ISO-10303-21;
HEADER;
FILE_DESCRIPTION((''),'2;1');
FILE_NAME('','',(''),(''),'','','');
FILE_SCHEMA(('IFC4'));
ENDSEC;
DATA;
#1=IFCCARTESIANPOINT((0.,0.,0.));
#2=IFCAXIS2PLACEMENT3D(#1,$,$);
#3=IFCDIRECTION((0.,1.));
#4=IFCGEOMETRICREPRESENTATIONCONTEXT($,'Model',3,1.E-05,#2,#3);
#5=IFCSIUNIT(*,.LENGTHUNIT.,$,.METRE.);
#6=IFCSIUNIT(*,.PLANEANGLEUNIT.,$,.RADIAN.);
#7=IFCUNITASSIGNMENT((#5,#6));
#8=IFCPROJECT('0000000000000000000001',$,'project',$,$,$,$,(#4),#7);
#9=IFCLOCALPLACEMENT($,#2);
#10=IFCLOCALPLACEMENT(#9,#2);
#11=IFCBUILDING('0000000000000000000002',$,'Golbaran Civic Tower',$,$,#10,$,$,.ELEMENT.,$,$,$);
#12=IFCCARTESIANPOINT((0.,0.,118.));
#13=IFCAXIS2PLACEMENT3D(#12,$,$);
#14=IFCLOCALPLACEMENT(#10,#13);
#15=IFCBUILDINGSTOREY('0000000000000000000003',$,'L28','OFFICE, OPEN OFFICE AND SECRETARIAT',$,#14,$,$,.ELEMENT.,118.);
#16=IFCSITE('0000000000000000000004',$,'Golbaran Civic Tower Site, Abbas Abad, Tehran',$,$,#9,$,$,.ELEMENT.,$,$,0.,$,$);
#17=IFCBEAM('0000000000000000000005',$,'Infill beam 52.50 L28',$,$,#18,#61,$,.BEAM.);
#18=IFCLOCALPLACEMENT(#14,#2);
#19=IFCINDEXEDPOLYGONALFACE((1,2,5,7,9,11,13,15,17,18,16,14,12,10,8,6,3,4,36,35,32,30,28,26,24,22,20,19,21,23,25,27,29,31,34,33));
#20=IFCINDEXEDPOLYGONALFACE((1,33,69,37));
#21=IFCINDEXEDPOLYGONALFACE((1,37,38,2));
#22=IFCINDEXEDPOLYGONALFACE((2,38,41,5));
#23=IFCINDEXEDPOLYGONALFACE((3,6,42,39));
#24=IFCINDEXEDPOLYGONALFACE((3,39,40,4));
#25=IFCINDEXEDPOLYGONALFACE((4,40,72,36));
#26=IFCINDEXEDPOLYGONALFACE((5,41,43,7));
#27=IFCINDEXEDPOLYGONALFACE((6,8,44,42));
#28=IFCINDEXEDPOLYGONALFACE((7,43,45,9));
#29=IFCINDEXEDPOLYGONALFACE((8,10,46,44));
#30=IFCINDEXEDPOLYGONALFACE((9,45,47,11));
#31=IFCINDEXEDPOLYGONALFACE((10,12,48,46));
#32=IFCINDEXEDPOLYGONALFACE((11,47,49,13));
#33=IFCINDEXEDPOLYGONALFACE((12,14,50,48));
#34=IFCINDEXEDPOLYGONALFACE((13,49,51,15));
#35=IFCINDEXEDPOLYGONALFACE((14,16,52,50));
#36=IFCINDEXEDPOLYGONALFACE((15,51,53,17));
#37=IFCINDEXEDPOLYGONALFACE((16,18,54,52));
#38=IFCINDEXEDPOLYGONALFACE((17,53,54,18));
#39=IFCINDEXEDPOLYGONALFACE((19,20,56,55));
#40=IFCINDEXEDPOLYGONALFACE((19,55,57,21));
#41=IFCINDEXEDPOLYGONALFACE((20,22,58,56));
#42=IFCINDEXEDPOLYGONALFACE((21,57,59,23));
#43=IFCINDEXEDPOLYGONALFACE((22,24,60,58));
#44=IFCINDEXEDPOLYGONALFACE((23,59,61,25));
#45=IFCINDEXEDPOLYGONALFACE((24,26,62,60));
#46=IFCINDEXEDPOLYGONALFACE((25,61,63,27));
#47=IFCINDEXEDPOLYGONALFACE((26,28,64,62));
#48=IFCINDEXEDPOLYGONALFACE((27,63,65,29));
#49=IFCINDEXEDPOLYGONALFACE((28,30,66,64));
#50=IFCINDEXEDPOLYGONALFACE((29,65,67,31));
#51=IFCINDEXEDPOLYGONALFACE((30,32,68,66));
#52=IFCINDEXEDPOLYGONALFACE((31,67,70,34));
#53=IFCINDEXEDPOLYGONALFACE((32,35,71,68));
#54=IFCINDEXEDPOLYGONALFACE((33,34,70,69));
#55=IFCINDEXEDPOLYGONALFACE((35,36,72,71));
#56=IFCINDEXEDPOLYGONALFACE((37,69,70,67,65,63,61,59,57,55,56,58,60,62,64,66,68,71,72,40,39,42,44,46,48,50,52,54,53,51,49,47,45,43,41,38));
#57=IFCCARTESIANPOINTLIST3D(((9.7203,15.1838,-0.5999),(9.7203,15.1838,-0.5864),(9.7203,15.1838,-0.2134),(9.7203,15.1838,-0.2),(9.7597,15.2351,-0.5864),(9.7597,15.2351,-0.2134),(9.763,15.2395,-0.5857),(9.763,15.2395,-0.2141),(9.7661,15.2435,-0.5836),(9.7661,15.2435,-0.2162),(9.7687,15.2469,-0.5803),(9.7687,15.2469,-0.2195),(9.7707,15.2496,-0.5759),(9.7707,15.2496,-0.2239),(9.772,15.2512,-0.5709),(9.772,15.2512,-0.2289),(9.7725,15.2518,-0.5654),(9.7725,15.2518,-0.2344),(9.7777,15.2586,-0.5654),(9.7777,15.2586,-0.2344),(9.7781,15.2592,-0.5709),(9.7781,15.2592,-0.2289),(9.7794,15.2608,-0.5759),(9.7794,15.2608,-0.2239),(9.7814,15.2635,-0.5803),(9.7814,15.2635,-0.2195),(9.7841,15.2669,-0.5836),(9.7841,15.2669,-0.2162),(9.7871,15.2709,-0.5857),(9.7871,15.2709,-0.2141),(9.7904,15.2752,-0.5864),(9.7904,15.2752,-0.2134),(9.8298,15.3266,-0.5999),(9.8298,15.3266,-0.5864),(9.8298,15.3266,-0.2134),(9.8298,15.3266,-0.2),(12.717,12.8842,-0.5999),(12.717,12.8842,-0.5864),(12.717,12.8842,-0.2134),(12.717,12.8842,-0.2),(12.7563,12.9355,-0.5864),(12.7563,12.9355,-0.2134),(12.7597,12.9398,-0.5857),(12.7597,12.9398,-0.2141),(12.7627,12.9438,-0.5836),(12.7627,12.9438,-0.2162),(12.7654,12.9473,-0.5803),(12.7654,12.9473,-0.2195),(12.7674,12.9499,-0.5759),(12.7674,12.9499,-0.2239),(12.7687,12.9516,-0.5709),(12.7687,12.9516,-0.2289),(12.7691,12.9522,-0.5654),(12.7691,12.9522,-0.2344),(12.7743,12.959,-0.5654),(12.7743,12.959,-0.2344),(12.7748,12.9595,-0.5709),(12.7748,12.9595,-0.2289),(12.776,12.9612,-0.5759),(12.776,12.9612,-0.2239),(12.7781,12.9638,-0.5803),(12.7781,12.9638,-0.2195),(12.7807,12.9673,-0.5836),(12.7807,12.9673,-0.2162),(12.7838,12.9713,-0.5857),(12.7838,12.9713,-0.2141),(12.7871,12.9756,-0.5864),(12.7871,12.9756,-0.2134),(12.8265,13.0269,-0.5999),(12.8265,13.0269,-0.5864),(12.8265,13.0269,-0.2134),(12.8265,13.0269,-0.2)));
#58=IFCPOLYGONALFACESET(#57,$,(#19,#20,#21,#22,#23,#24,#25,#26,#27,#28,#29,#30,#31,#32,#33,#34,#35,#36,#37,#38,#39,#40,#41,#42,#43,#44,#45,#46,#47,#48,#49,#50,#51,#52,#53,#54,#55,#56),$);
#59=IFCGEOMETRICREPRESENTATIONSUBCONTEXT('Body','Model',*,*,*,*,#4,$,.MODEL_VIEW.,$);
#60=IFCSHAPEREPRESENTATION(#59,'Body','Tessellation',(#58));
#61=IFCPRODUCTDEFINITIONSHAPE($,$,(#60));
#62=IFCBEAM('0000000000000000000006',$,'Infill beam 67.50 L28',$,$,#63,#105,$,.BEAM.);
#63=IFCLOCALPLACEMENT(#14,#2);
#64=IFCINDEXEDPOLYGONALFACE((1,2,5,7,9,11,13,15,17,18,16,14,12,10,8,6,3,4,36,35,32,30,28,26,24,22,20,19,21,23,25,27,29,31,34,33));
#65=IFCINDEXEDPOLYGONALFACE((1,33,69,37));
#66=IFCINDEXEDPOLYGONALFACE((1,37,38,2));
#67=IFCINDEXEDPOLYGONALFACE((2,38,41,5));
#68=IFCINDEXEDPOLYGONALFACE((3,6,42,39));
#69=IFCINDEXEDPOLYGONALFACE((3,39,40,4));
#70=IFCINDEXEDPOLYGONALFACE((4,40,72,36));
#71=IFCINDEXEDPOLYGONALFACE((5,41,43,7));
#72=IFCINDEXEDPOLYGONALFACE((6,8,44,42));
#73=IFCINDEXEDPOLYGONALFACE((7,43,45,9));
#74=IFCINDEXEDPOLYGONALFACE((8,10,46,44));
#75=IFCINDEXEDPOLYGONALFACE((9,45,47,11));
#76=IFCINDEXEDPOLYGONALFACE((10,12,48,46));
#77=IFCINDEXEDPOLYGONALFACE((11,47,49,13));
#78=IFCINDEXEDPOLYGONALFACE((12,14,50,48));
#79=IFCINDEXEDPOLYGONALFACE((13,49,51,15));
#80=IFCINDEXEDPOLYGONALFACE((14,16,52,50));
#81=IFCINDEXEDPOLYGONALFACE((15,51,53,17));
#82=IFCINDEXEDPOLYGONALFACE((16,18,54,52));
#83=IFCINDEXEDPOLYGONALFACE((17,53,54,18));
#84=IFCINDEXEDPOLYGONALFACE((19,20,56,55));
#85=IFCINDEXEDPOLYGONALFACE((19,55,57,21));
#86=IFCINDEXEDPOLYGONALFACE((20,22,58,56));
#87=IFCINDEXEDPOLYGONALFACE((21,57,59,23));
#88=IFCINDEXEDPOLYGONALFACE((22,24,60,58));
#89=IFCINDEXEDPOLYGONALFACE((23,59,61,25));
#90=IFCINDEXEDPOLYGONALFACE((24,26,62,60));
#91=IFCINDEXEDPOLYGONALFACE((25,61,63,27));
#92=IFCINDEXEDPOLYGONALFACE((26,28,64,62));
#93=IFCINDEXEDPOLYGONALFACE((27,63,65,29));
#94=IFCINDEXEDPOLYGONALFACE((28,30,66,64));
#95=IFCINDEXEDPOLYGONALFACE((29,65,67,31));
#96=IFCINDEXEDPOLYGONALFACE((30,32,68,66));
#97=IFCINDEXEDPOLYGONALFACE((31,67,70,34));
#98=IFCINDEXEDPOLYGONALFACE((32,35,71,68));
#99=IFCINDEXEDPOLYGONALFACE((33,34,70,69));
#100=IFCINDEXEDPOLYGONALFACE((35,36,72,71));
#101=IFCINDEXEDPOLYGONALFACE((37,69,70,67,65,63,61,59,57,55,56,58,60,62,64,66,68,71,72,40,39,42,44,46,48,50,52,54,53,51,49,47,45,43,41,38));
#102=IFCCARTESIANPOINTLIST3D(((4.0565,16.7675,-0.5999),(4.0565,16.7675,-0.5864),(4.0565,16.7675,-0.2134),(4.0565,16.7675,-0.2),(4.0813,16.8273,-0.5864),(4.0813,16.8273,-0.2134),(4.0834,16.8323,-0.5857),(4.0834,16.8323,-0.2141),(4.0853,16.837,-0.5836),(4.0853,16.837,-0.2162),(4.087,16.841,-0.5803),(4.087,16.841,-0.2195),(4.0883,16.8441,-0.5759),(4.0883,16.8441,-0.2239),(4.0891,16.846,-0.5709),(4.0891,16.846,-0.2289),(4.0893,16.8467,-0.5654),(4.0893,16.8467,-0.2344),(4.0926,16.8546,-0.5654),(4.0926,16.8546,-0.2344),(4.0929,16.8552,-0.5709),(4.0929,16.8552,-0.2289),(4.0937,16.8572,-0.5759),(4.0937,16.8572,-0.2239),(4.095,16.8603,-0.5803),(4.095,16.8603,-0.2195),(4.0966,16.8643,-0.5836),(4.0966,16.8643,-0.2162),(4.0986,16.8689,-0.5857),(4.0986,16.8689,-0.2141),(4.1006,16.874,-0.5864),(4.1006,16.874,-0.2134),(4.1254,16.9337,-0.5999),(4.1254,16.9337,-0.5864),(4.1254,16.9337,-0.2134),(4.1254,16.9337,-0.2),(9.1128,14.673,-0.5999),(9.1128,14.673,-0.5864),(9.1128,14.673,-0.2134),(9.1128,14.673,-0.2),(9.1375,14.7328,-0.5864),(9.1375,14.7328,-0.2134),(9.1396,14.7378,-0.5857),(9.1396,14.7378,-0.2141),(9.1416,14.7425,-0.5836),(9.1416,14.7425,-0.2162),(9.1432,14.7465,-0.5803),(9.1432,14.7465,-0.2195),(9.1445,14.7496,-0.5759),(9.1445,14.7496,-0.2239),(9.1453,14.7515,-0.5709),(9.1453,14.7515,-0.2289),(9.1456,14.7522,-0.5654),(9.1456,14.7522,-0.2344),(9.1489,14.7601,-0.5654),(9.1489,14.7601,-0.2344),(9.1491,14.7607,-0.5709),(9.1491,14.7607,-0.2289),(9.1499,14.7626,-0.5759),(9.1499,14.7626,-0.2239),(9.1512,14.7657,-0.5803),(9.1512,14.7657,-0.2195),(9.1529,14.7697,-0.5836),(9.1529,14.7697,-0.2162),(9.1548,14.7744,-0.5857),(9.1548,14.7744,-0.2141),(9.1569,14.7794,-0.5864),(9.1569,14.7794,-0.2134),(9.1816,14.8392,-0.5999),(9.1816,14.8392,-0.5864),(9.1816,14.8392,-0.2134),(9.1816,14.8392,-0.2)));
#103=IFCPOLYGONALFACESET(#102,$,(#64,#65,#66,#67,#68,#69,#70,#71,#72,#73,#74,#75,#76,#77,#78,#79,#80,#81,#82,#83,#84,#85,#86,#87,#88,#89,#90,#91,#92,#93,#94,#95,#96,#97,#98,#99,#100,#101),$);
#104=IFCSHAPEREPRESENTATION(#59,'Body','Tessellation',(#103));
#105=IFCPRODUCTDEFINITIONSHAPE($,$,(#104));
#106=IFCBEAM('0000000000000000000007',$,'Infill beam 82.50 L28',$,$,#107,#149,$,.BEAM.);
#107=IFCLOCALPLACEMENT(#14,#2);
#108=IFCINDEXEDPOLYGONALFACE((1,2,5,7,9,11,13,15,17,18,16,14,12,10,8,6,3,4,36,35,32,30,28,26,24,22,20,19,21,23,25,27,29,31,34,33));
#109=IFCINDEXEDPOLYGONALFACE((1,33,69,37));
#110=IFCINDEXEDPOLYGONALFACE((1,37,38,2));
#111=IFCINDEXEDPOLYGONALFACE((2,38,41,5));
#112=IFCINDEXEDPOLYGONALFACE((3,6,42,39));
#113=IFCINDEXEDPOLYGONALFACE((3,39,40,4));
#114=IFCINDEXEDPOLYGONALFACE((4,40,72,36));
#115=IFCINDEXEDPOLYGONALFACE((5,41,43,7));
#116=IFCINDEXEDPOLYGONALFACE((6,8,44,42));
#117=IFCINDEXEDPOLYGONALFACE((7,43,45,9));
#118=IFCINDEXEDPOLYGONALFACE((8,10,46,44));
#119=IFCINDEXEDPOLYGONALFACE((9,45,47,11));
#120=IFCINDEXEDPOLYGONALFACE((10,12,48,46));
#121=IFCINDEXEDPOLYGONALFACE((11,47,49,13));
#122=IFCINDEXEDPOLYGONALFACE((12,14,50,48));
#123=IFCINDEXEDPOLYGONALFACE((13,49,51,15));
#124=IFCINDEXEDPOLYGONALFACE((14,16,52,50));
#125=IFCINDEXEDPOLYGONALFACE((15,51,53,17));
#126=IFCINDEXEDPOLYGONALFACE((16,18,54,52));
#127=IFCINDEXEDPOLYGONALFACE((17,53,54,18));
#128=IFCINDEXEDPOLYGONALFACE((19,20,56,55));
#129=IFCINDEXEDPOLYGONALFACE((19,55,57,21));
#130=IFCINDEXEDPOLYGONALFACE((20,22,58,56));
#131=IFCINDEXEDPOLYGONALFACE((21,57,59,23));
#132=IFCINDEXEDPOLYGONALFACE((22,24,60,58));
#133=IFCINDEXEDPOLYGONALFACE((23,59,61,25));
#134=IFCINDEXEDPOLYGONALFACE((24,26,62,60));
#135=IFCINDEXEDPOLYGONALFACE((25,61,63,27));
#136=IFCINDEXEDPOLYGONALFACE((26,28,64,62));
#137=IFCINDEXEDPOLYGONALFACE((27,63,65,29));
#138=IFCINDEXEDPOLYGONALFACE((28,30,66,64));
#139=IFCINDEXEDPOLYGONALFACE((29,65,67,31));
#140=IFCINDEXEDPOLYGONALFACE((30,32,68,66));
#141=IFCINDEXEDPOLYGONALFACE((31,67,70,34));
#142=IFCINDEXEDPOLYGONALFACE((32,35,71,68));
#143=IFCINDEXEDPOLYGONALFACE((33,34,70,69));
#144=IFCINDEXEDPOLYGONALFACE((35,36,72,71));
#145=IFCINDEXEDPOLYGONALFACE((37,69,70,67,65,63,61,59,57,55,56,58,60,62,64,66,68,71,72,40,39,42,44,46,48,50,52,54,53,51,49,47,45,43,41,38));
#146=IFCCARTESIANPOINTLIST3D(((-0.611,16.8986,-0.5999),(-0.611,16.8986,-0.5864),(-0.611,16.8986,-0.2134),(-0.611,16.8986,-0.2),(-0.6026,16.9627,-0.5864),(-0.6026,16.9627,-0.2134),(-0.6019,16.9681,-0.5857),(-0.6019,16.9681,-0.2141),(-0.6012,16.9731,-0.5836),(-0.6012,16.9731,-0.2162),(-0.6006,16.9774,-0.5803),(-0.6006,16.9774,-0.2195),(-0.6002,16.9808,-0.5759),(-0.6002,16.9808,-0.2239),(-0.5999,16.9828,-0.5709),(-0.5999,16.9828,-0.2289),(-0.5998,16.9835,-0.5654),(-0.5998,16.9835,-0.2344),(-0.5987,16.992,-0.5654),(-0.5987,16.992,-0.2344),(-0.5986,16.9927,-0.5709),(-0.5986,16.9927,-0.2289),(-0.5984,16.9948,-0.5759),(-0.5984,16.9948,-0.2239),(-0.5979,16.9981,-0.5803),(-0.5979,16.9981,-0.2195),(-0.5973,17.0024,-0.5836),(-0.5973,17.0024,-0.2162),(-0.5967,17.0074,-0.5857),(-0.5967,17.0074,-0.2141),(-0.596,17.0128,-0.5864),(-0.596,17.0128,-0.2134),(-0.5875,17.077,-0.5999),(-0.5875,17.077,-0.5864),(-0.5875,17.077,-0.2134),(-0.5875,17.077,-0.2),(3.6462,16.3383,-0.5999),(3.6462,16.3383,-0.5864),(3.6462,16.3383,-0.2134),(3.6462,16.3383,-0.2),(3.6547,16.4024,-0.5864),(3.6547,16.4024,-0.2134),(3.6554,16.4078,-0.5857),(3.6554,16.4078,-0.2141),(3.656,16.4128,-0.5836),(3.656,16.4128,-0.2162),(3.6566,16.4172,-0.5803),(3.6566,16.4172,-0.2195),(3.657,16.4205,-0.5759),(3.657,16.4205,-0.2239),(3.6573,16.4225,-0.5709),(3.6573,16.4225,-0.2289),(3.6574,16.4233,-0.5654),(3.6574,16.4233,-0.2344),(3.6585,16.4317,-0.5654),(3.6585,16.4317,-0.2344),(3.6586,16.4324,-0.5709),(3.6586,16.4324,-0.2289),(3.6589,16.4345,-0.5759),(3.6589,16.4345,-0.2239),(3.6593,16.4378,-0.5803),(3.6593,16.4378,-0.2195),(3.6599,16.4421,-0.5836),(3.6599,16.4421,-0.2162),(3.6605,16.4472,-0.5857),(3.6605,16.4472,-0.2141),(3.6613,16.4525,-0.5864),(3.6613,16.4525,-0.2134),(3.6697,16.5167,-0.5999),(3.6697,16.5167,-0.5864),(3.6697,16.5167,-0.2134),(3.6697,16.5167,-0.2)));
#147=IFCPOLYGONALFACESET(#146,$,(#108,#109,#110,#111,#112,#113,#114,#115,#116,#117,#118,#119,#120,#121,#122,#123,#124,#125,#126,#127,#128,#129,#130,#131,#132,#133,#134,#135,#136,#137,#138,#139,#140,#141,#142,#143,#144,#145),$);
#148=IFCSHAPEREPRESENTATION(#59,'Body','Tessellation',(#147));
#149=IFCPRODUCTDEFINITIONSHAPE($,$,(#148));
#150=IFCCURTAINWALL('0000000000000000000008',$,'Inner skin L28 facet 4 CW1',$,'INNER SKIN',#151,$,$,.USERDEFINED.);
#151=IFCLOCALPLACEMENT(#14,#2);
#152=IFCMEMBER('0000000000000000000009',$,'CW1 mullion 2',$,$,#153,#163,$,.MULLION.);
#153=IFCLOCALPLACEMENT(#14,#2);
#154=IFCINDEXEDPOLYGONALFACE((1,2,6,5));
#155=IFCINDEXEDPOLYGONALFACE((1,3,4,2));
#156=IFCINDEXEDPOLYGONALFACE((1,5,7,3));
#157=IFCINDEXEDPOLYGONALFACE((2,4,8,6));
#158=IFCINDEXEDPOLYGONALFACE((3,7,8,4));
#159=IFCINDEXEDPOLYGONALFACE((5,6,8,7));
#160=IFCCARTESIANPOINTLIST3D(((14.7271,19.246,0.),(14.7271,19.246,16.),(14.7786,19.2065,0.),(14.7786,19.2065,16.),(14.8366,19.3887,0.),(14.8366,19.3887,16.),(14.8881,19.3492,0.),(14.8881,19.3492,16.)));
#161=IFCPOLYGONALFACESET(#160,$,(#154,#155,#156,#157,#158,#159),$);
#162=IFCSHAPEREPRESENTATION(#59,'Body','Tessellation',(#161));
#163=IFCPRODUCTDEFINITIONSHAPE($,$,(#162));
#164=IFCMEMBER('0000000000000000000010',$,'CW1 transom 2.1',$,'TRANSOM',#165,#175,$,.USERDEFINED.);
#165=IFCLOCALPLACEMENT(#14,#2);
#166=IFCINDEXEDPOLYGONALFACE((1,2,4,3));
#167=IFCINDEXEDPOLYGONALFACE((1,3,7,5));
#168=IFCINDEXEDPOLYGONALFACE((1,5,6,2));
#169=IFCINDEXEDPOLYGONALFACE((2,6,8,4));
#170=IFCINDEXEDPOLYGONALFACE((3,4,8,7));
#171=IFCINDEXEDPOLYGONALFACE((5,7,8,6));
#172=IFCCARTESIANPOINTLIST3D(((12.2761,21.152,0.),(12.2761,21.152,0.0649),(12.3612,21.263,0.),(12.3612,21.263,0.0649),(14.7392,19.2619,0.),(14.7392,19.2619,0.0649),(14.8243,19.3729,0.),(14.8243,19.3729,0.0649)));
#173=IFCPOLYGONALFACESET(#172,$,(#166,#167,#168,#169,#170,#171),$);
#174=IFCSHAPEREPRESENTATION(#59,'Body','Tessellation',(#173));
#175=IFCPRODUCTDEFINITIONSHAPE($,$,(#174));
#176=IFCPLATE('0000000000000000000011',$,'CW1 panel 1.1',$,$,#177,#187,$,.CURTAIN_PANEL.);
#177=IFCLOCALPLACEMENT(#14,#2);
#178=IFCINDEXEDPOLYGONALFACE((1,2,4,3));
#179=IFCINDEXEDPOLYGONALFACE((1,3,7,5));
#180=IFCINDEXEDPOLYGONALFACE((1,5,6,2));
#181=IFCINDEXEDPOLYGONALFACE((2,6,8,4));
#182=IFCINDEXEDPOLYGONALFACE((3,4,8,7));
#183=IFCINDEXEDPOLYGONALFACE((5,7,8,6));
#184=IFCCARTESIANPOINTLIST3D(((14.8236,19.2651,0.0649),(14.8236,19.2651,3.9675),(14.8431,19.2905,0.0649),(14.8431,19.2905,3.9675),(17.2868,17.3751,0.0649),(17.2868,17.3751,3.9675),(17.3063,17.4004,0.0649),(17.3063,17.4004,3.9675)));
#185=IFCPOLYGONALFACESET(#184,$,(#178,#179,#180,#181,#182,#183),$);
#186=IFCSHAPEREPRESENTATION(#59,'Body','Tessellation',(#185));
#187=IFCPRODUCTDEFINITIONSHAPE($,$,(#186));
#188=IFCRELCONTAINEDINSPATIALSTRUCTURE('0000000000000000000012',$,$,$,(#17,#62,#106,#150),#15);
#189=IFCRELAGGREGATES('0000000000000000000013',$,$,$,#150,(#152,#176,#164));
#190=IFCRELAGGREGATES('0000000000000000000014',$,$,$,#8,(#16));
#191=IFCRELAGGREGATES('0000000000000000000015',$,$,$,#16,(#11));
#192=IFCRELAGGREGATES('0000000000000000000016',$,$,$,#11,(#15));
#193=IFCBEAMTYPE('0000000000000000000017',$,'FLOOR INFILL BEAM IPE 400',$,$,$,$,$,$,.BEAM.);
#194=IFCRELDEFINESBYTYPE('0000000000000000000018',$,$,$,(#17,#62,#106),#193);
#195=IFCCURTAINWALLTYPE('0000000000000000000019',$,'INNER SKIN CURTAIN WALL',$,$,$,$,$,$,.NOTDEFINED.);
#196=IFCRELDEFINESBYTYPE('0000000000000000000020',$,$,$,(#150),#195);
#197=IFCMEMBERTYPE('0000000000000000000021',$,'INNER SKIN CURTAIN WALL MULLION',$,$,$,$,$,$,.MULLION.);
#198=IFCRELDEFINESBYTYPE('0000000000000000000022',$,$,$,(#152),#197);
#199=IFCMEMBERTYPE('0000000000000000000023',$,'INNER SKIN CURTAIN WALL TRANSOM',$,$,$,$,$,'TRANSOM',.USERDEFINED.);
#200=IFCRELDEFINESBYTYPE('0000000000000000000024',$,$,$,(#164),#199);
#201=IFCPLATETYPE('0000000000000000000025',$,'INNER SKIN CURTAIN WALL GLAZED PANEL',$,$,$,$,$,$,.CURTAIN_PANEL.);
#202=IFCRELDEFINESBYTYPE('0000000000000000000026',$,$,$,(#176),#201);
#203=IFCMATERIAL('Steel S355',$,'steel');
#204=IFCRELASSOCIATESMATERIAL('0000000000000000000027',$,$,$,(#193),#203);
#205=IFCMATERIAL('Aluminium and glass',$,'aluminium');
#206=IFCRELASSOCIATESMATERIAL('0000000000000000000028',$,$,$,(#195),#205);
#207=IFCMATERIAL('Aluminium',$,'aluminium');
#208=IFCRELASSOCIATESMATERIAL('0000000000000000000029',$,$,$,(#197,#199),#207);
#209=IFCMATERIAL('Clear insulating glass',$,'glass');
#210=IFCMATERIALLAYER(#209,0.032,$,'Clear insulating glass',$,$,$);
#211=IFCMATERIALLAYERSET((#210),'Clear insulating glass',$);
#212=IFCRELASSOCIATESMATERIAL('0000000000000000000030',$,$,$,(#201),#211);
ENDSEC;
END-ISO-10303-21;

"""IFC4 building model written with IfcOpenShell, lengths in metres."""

from ifc_helpers import new_model, si_unit, direction, frame, origin, origin_2d, place, context, subcontext, project, spatial, rectangle, i_section, extrude, material, layer, layer_set, material_profile, profile_set, type_object, element, aggregate, save


model = new_model("IFC4")

# Units and contexts
model_context = context("Model", 3, precision=1e-05, world=origin(), true_north=direction((0.0, 1.0)))
body_context = subcontext(model_context, "Body", "Model", "MODEL_VIEW")
ifc_project = project(units=[si_unit("LENGTHUNIT", "METRE"), si_unit("PLANEANGLEUNIT", "RADIAN")], contexts=[model_context])

# Site, building, storey
site_placement = place(None, origin())
site = spatial("IfcSite", under=ifc_project, at=site_placement, Name="Golbaran Civic Tower Site, Abbas Abad, Tehran", CompositionType="ELEMENT", RefElevation=0.0)
building_placement = place(site_placement, origin())
building = spatial("IfcBuilding", under=site, at=building_placement, Name="Golbaran Civic Tower", CompositionType="ELEMENT")
storey_placement = place(building_placement, frame((0.0, 0.0, 118.0)))
storey = spatial("IfcBuildingStorey", under=building, at=storey_placement, Name="L28", Description="OFFICE, OPEN OFFICE AND SECRETARIAT", CompositionType="ELEMENT", Elevation=118.0)

# Beams
ifc_material_1 = material(Name="Steel S355", Category="steel")
ifc_material_profile_1 = material_profile(ifc_material_1, i_section(OverallWidth=0.1799, OverallDepth=0.3999, WebThickness=0.0085, FlangeThickness=0.0134, FilletRadius=0.021, at=origin_2d()), Name="IPE 400")
ifc_profile_set_1 = profile_set([ifc_material_profile_1], Name="Steel S355")
beam_type = type_object("IfcBeamType", Name="FLOOR INFILL BEAM IPE 400", PredefinedType="BEAM", material=ifc_profile_set_1)
beam_1_placement = place(storey_placement, frame((12.7717, 12.9556, -0.3999), z_axis=(-0.793327, 0.608795, 0.0), x_axis=(-0.608795, -0.793327, 0.0)))
element("IfcBeam", 1, at=beam_1_placement, inside=storey, type_object=beam_type, Name="Infill beam 52.50 L28", PredefinedType="BEAM", context=body_context, shape_type="SweptSolid", body=[
    extrude(i_section(OverallWidth=0.1799, OverallDepth=0.3999, WebThickness=0.0085, FlangeThickness=0.0134, FilletRadius=0.021, at=origin_2d()), origin(), (0.0, 0.0, 1.0), 3.7773),
])
beam_2_placement = place(storey_placement, frame((9.1472, 14.7561, -0.3999), z_axis=(-0.923869, 0.382708, 0.0), x_axis=(-0.382708, -0.923869, 0.0)))
element("IfcBeam", 2, at=beam_2_placement, inside=storey, type_object=beam_type, Name="Infill beam 67.50 L28", PredefinedType="BEAM", context=body_context, shape_type="SweptSolid", body=[
    extrude(i_section(OverallWidth=0.1799, OverallDepth=0.3999, WebThickness=0.0085, FlangeThickness=0.0134, FilletRadius=0.021, at=origin_2d()), origin(), (0.0, 0.0, 1.0), 5.4729),
])
beam_3_placement = place(storey_placement, frame((3.658, 16.4275, -0.3999), z_axis=(-0.99145, 0.130484, 0.0), x_axis=(-0.130484, -0.99145, 0.0)))
element("IfcBeam", 3, at=beam_3_placement, inside=storey, type_object=beam_type, Name="Infill beam 82.50 L28", PredefinedType="BEAM", context=body_context, shape_type="SweptSolid", body=[
    extrude(i_section(OverallWidth=0.1799, OverallDepth=0.3999, WebThickness=0.0085, FlangeThickness=0.0134, FilletRadius=0.021, at=origin_2d()), origin(), (0.0, 0.0, 1.0), 4.2939),
])

# Curtain wall, members, plate
ifc_material_2 = material(Name="Aluminium and glass", Category="aluminium")
curtain_wall_type = type_object("IfcCurtainWallType", Name="INNER SKIN CURTAIN WALL", PredefinedType="NOTDEFINED", material=ifc_material_2)
curtain_wall_placement = place(storey_placement, origin())
curtain_wall = element("IfcCurtainWall", 4, at=curtain_wall_placement, inside=storey, type_object=curtain_wall_type, Name="Inner skin L28 facet 4 CW1", ObjectType="INNER SKIN", PredefinedType="USERDEFINED")
ifc_material_3 = material(Name="Aluminium", Category="aluminium")
ifc_material_profile_2 = material_profile(ifc_material_3, rectangle(XDim=0.1799, YDim=0.0649, at=origin_2d()), Name="INNER SKIN CURTAIN WALL MULLION")
ifc_profile_set_2 = profile_set([ifc_material_profile_2], Name="Aluminium")
member_type_1 = type_object("IfcMemberType", Name="INNER SKIN CURTAIN WALL MULLION", PredefinedType="MULLION", material=ifc_profile_set_2)
member_1_placement = place(storey_placement, frame((14.8076, 19.2976, 0.0), z_axis=(0.0, 0.0, 1.0), x_axis=(-0.608761, -0.793353, 0.0)))
member_1 = element("IfcMember", 5, at=member_1_placement, type_object=member_type_1, Name="CW1 mullion 2", PredefinedType="MULLION", context=body_context, shape_type="SweptSolid", body=[
    extrude(rectangle(XDim=0.1799, YDim=0.0649, at=origin_2d()), origin(), (0.0, 0.0, 1.0), 16.0),
])
ifc_material_profile_3 = material_profile(ifc_material_3, rectangle(XDim=0.1399, YDim=0.0649, at=origin_2d()), Name="INNER SKIN CURTAIN WALL TRANSOM")
ifc_profile_set_3 = profile_set([ifc_material_profile_3], Name="Aluminium")
member_type_2 = type_object("IfcMemberType", Name="INNER SKIN CURTAIN WALL TRANSOM", ElementType="TRANSOM", PredefinedType="USERDEFINED", material=ifc_profile_set_3)
member_2_placement = place(storey_placement, frame((14.7817, 19.3174, 0.0325), z_axis=(-0.793337, 0.608783, 0.0), x_axis=(-0.608783, -0.793337, 0.0)))
member_2 = element("IfcMember", 6, at=member_2_placement, type_object=member_type_2, Name="CW1 transom 2.1", ObjectType="TRANSOM", PredefinedType="USERDEFINED", context=body_context, shape_type="SweptSolid", body=[
    extrude(rectangle(XDim=0.1399, YDim=0.0649, at=origin_2d()), origin(), (0.0, 0.0, 1.0), 3.1047),
])
ifc_material_4 = material(Name="Clear insulating glass", Category="glass")
ifc_layer_1 = layer(ifc_material_4, 0.032, Name="Clear insulating glass")
ifc_layer_set_1 = layer_set([ifc_layer_1], Name="Clear insulating glass")
plate_type_1 = type_object("IfcPlateType", Name="INNER SKIN CURTAIN WALL GLAZED PANEL", PredefinedType="CURTAIN_PANEL", material=ifc_layer_set_1)
plate_1_placement = place(storey_placement, frame((16.0649, 18.3328, 0.0649), z_axis=(0.0, 0.0, 1.0), x_axis=(-0.793353, 0.608761, 0.0)))
plate_1 = element("IfcPlate", 7, at=plate_1_placement, type_object=plate_type_1, Name="CW1 panel 1.1", PredefinedType="CURTAIN_PANEL", context=body_context, shape_type="SweptSolid", body=[
    extrude(rectangle(XDim=3.1047, YDim=0.032, at=origin_2d()), origin(), (0.0, 0.0, 1.0), 3.9026),
])
aggregate(curtain_wall, [member_1, plate_1, member_2])

save(model, "model.ifc")
